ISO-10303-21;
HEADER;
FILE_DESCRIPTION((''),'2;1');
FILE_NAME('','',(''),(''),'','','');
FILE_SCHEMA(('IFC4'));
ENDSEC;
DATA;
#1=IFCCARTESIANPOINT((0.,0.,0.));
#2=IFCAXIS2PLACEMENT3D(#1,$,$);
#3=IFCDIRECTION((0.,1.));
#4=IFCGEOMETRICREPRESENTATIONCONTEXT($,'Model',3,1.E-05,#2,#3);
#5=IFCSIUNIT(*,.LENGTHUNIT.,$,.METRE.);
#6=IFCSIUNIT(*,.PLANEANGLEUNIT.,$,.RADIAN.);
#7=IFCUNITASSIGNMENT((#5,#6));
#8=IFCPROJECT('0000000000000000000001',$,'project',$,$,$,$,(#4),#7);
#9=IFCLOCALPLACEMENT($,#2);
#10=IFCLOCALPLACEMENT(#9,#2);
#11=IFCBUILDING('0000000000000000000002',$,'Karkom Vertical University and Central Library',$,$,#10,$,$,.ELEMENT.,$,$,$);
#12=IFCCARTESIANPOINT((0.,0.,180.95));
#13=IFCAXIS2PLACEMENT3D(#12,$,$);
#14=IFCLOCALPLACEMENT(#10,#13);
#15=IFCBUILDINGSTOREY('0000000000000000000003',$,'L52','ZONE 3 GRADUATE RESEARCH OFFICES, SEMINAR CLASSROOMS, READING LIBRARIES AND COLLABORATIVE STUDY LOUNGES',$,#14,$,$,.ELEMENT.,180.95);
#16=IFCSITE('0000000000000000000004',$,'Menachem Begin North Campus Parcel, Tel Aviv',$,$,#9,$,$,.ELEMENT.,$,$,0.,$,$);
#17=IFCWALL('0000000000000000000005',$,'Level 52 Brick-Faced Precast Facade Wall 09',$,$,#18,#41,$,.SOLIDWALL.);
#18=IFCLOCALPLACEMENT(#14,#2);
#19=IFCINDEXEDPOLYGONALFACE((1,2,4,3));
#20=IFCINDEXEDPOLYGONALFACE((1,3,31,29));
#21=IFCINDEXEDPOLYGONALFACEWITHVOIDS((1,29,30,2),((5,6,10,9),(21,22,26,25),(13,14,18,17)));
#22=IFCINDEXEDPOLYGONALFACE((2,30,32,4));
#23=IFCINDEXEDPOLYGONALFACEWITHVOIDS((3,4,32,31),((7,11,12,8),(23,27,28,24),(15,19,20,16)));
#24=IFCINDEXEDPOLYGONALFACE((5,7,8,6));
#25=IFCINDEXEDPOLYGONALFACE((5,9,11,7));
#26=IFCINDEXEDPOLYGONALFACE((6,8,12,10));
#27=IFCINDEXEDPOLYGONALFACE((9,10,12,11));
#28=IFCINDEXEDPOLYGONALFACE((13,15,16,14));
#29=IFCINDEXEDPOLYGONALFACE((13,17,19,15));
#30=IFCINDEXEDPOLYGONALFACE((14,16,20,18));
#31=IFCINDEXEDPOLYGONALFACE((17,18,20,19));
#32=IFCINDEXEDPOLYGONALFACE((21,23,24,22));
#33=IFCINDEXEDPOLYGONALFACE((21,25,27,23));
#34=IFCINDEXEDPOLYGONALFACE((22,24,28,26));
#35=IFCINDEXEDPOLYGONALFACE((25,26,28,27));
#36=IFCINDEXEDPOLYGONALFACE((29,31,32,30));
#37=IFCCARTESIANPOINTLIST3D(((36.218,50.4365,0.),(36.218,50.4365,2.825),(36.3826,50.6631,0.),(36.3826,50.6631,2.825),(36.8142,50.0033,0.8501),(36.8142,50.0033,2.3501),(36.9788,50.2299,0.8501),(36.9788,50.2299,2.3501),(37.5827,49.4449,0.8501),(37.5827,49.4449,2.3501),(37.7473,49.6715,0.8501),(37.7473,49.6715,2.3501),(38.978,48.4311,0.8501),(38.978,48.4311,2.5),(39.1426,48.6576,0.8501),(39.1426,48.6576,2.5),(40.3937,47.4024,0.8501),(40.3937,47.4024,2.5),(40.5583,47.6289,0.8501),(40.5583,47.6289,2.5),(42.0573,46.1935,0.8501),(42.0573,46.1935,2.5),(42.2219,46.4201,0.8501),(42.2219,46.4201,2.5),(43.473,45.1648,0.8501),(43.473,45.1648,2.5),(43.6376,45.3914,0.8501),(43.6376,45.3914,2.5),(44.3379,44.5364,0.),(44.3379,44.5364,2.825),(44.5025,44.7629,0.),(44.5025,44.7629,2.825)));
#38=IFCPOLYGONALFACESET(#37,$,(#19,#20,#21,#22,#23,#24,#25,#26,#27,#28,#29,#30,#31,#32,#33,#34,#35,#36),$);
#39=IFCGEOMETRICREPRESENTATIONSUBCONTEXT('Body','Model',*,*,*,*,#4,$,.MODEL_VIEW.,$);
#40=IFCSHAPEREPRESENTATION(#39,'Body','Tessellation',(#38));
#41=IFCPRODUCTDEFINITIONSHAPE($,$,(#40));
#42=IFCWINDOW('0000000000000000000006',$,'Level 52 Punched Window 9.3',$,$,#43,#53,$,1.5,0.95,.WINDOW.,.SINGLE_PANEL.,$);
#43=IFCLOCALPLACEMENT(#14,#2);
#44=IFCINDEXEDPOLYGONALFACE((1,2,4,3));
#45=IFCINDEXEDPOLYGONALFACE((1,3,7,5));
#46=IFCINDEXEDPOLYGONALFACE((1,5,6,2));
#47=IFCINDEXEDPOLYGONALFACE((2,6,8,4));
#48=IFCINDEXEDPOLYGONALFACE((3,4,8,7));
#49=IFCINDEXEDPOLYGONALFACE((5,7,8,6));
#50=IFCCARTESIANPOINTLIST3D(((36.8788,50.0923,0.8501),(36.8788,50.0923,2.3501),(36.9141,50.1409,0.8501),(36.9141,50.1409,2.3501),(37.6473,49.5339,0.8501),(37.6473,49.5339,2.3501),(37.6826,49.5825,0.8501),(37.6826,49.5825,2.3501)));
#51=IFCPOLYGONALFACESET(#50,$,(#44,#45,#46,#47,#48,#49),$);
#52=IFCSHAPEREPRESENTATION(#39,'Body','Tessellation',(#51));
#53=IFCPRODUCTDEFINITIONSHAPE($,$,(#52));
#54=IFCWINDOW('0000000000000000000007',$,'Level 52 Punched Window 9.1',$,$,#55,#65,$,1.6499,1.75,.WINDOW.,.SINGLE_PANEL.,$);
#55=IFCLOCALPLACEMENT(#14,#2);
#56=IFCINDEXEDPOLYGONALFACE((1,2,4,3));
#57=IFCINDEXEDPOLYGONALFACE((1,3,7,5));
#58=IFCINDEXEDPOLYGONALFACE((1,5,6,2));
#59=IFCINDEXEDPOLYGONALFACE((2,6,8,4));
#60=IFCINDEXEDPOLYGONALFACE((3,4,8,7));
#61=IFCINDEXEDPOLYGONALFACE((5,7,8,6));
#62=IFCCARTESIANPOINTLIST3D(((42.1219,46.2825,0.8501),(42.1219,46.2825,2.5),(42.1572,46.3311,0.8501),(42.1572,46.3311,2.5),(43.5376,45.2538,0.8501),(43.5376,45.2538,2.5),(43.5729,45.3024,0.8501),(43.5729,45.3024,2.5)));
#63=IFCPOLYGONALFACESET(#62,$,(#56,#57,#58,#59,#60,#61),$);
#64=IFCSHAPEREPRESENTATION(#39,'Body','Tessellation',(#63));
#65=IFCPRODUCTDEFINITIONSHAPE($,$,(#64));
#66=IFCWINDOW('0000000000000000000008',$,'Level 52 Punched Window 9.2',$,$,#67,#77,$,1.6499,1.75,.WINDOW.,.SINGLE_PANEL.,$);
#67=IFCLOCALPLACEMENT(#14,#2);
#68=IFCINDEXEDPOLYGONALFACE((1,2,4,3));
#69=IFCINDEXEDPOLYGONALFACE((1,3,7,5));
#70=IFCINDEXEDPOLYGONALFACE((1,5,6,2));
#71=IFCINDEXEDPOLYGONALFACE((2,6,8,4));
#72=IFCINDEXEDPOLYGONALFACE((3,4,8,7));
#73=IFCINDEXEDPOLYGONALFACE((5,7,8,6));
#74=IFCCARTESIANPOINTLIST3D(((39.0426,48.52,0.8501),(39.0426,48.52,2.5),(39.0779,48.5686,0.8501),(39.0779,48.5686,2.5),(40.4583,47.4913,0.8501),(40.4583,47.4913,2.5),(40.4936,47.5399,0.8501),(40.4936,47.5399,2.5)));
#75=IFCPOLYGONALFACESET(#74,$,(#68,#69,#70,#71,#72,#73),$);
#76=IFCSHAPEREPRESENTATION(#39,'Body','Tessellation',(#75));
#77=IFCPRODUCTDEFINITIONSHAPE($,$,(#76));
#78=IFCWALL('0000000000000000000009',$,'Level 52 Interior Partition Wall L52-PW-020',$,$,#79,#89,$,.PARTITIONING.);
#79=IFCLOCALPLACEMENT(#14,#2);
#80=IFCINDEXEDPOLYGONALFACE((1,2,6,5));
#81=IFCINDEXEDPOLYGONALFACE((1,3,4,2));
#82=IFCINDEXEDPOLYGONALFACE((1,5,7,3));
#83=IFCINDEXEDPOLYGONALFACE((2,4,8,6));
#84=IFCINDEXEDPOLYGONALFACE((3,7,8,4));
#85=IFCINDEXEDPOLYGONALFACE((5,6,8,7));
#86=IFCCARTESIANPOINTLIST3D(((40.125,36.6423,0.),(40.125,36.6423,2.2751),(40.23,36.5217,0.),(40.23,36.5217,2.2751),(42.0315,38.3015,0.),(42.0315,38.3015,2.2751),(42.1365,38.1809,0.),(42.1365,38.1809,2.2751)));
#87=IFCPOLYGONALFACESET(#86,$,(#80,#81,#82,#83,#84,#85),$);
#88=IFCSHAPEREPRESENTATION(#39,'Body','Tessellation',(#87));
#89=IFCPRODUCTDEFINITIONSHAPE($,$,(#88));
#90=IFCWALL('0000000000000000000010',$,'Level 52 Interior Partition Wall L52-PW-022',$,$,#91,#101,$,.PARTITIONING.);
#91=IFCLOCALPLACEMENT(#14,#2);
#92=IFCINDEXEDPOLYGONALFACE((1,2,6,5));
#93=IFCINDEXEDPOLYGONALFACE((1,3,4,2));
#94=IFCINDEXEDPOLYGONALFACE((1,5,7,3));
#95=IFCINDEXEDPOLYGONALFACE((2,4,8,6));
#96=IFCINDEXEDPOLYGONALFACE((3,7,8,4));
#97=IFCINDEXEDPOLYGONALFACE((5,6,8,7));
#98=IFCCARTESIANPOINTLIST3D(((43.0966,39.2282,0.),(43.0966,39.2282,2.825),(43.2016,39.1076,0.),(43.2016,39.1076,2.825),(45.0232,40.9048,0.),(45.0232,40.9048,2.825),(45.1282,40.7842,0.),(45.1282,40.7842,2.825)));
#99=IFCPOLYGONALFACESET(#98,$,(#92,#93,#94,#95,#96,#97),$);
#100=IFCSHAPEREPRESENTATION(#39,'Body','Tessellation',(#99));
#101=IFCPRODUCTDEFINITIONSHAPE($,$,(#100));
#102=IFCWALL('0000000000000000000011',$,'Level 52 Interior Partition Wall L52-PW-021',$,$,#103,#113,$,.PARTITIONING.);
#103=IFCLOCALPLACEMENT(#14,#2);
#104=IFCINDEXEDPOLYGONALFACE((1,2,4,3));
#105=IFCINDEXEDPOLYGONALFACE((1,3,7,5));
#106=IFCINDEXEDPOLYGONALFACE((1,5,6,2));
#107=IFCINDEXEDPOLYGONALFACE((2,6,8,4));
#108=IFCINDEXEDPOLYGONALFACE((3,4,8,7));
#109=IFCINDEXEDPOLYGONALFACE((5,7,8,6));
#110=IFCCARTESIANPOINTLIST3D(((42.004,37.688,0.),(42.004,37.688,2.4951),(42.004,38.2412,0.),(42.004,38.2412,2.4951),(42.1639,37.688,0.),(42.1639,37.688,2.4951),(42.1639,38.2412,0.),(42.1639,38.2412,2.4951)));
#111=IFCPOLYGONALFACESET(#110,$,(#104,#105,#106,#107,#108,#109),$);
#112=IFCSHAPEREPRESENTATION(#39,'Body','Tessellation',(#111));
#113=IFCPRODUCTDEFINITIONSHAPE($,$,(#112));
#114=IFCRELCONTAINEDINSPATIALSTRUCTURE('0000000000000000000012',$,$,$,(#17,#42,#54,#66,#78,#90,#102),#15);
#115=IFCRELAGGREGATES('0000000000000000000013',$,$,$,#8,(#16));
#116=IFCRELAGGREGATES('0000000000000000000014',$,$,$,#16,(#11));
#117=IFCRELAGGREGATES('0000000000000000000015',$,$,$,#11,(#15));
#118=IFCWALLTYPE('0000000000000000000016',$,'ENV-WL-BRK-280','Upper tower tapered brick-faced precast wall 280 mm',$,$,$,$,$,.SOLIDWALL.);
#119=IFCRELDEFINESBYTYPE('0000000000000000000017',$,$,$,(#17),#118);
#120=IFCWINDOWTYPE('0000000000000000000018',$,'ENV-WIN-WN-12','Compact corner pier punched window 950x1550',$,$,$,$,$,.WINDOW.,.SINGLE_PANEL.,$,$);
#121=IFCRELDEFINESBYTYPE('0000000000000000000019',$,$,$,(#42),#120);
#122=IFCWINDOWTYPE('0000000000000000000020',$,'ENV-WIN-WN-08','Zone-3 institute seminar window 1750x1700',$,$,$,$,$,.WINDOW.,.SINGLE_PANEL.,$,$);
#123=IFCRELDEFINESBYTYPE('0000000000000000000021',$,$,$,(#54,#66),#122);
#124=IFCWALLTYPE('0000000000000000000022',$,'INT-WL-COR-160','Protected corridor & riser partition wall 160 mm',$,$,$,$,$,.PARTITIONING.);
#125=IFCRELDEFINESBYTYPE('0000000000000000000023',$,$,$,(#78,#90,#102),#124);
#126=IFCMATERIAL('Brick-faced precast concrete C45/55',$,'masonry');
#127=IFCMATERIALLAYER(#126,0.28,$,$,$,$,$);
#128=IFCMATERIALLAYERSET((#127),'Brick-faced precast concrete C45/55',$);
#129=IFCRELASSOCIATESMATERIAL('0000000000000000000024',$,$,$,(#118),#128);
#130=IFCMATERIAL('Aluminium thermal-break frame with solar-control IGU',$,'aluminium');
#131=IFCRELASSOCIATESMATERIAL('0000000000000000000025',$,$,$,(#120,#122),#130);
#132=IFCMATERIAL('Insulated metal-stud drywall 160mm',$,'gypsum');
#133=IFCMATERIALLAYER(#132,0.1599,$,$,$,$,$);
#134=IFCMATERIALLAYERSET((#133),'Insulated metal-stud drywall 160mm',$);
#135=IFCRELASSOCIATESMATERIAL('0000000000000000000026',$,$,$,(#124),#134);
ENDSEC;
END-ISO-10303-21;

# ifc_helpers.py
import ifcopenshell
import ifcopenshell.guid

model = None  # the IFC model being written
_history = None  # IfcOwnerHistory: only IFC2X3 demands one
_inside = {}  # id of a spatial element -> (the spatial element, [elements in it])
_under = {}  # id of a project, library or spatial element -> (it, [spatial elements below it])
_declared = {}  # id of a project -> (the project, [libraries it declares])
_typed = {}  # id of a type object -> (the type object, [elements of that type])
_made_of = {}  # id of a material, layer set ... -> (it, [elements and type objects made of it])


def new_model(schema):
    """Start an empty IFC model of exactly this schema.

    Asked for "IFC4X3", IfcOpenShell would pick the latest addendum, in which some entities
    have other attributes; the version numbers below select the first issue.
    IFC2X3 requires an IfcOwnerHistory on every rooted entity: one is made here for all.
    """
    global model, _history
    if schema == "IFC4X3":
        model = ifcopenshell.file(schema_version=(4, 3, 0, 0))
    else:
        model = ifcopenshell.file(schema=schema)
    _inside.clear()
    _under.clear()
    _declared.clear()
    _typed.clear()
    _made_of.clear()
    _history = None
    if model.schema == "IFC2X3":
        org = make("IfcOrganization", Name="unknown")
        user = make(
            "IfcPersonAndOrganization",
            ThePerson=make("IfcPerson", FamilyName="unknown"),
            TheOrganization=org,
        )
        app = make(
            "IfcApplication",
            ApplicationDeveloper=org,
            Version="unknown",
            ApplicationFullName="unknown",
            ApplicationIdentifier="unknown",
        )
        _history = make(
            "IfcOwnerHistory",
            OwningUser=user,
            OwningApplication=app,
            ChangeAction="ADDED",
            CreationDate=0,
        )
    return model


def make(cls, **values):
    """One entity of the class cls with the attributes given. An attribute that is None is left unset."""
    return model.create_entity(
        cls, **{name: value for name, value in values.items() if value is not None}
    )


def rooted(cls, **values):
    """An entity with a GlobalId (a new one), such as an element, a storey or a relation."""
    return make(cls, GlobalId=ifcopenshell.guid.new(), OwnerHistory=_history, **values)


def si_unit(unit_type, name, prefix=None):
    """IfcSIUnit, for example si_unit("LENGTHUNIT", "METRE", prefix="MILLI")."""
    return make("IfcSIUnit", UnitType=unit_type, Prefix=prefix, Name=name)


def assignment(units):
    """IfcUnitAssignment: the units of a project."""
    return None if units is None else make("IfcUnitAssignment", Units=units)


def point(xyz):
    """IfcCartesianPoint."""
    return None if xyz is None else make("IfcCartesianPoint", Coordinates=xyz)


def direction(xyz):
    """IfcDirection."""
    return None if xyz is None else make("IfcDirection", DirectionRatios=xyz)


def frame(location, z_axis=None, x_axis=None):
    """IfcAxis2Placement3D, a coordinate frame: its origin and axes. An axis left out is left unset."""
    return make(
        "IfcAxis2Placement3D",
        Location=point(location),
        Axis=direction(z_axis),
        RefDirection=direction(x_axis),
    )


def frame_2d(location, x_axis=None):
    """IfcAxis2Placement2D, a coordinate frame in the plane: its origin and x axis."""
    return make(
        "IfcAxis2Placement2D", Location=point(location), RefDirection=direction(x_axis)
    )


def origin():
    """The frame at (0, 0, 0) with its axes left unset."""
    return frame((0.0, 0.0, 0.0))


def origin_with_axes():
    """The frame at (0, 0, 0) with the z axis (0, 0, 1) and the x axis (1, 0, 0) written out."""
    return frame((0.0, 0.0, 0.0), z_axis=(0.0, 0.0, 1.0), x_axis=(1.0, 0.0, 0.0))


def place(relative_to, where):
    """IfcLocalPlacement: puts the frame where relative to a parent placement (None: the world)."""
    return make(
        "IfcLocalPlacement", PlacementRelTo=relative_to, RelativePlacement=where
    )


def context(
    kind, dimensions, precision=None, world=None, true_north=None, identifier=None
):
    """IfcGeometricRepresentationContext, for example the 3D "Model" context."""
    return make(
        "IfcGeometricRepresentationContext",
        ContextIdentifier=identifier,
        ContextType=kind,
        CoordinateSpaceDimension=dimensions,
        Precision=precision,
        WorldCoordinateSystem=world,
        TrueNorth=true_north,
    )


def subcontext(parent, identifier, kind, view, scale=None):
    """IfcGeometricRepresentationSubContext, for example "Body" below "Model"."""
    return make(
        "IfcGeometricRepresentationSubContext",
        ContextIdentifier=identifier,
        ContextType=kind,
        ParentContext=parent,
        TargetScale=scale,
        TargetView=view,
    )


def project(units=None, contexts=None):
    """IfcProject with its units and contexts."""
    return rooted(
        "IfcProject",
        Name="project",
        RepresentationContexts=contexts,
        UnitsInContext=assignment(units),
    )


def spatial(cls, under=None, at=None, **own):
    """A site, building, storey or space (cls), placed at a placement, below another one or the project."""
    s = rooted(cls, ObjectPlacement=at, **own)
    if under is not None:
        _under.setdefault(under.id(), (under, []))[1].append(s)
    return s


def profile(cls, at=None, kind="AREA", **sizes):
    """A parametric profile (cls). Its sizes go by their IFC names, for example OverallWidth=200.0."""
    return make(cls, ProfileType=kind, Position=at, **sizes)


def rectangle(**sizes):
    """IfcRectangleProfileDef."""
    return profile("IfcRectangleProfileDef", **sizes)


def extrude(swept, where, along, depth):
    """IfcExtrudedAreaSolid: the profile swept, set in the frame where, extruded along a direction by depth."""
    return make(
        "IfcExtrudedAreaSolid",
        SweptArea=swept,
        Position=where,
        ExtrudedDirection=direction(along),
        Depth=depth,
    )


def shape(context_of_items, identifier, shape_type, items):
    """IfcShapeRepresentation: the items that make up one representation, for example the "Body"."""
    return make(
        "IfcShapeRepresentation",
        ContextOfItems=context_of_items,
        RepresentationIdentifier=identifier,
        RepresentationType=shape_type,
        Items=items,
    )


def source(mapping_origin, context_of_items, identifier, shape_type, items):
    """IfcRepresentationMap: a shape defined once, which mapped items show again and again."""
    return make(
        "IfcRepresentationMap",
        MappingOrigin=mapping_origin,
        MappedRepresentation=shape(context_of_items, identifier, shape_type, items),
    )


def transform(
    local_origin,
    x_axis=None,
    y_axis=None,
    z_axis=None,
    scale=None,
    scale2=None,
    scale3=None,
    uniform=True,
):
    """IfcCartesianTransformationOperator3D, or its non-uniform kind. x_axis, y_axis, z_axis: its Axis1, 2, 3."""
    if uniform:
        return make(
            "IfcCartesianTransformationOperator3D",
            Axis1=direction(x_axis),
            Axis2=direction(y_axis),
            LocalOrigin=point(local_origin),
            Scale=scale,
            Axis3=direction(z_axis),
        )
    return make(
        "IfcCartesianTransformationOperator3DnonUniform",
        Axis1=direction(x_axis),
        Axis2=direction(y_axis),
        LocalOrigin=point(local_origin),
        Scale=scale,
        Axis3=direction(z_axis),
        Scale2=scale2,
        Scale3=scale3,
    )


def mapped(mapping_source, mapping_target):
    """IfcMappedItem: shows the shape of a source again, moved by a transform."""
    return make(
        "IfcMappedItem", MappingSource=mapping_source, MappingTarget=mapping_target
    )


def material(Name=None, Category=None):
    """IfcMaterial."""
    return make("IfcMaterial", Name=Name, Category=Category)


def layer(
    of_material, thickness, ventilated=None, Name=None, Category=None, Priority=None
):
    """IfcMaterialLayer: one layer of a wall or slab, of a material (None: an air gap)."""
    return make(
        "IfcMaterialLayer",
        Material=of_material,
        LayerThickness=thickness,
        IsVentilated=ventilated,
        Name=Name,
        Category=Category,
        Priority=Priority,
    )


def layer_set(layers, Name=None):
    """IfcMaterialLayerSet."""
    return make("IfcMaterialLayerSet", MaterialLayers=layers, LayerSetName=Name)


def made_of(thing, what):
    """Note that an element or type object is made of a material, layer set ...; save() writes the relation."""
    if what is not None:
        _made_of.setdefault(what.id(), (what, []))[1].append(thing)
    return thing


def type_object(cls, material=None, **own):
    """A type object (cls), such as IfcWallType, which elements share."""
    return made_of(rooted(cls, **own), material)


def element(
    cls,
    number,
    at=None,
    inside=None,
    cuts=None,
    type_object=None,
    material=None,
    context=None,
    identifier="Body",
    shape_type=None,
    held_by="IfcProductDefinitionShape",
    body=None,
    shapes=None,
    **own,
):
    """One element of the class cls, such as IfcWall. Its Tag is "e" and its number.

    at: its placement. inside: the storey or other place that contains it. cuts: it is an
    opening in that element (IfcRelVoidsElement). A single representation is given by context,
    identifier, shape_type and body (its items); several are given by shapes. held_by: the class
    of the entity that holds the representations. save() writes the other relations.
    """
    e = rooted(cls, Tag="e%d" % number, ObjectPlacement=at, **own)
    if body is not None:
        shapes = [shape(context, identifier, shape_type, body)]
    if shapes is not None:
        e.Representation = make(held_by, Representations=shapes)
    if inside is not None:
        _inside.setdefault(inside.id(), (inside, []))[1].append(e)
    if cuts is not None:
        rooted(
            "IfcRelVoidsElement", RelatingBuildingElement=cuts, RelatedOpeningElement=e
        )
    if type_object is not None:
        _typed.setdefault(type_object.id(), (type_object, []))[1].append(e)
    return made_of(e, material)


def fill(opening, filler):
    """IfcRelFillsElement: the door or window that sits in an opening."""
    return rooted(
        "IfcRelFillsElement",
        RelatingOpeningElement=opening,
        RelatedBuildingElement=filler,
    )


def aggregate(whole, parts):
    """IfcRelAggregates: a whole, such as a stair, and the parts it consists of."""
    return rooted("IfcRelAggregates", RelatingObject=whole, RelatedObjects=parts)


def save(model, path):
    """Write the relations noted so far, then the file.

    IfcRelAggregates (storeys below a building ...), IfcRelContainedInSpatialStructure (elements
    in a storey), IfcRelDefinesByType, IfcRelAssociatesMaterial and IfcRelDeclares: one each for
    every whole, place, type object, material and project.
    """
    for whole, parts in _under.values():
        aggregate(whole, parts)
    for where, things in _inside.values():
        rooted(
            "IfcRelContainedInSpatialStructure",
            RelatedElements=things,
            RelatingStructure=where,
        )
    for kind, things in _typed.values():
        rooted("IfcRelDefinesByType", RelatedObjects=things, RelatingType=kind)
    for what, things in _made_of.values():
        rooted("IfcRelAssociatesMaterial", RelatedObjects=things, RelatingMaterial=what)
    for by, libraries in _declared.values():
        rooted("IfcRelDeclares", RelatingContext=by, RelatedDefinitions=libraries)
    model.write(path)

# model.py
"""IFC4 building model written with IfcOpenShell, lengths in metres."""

from ifc_helpers import new_model, si_unit, direction, frame, frame_2d, origin, origin_with_axes, place, context, subcontext, project, spatial, rectangle, extrude, source, transform, mapped, material, layer, layer_set, type_object, element, fill, save


model = new_model("IFC4")

# Units and contexts
model_context = context("Model", 3, precision=1e-05, world=origin(), true_north=direction((0.0, 1.0)))
body_context = subcontext(model_context, "Body", "Model", "MODEL_VIEW")
ifc_project = project(units=[si_unit("LENGTHUNIT", "METRE"), si_unit("PLANEANGLEUNIT", "RADIAN")], contexts=[model_context])

# Site, building, storey
site_placement = place(None, origin())
site = spatial("IfcSite", under=ifc_project, at=site_placement, Name="Menachem Begin North Campus Parcel, Tel Aviv", CompositionType="ELEMENT", RefElevation=0.0)
building_placement = place(site_placement, origin())
building = spatial("IfcBuilding", under=site, at=building_placement, Name="Karkom Vertical University and Central Library", CompositionType="ELEMENT")
storey_placement = place(building_placement, frame((0.0, 0.0, 180.95)))
storey = spatial("IfcBuildingStorey", under=building, at=storey_placement, Name="L52", Description="ZONE 3 GRADUATE RESEARCH OFFICES, SEMINAR CLASSROOMS, READING LIBRARIES AND COLLABORATIVE STUDY LOUNGES", CompositionType="ELEMENT", Elevation=180.95)

# Wall, openings, windows
ifc_material_1 = material(Name="Brick-faced precast concrete C45/55", Category="masonry")
ifc_layer_1 = layer(ifc_material_1, 0.28)
ifc_layer_set_1 = layer_set([ifc_layer_1], Name="Brick-faced precast concrete C45/55")
wall_type_1 = type_object("IfcWallType", Name="ENV-WL-BRK-280", Description="Upper tower tapered brick-faced precast wall 280 mm", PredefinedType="SOLIDWALL", material=ifc_layer_set_1)
wall_1_placement = place(storey_placement, frame((44.4202, 44.6497, 0.0), z_axis=(0.0, 0.0, 1.0), x_axis=(-0.808983, 0.587832, 0.0)))
wall_1 = element("IfcWall", 1, at=wall_1_placement, inside=storey, type_object=wall_type_1, Name="Level 52 Brick-Faced Precast Facade Wall 09", PredefinedType="SOLIDWALL", context=body_context, shape_type="SweptSolid", body=[
    extrude(rectangle(XDim=10.0371, YDim=0.28, at=frame_2d((5.0186, 0.0))), origin(), (0.0, 0.0, 1.0), 2.825),
])
opening_1_placement = place(wall_1_placement, frame((1.0691, 0.0, 0.8501)))
opening_1 = element("IfcOpeningElement", 2, at=opening_1_placement, cuts=wall_1, PredefinedType="OPENING", context=body_context, shape_type="SweptSolid", body=[
    extrude(rectangle(XDim=1.75, YDim=1.6499, at=frame_2d((0.875, 0.825))), frame((0.0, 0.1499, 0.0), z_axis=(0.0, -1.0, 0.0), x_axis=(1.0, 0.0, 0.0)), (0.0, 0.0, 1.0), 0.3),
])
opening_2_placement = place(wall_1_placement, frame((4.8755, 0.0, 0.8501)))
opening_2 = element("IfcOpeningElement", 3, at=opening_2_placement, cuts=wall_1, PredefinedType="OPENING", context=body_context, shape_type="SweptSolid", body=[
    extrude(rectangle(XDim=1.75, YDim=1.6499, at=frame_2d((0.875, 0.825))), frame((0.0, 0.1499, 0.0), z_axis=(0.0, -1.0, 0.0), x_axis=(1.0, 0.0, 0.0)), (0.0, 0.0, 1.0), 0.3),
])
opening_3_placement = place(wall_1_placement, frame((8.3501, 0.0, 0.8501)))
opening_3 = element("IfcOpeningElement", 4, at=opening_3_placement, cuts=wall_1, PredefinedType="OPENING", context=body_context, shape_type="SweptSolid", body=[
    extrude(rectangle(XDim=0.95, YDim=1.5, at=frame_2d((0.4751, 0.75))), frame((0.0, 0.1499, 0.0), z_axis=(0.0, -1.0, 0.0), x_axis=(1.0, 0.0, 0.0)), (0.0, 0.0, 1.0), 0.3),
])
ifc_material_2 = material(Name="Aluminium thermal-break frame with solar-control IGU", Category="aluminium")
window_type_1 = type_object("IfcWindowType", Name="ENV-WIN-WN-12", Description="Compact corner pier punched window 950x1550", PartitioningType="SINGLE_PANEL", PredefinedType="WINDOW", material=ifc_material_2)
shared_shape_1 = source(origin_with_axes(), body_context, "Body", "SweptSolid", [
    extrude(rectangle(XDim=0.95, YDim=1.5, at=frame_2d((0.4751, 0.75))), frame((0.0, 0.03, 0.0), z_axis=(0.0, -1.0, 0.0), x_axis=(1.0, 0.0, 0.0)), (0.0, 0.0, 1.0), 0.0601),
])
window_1_placement = place(opening_3_placement, origin())
window_1 = element("IfcWindow", 5, at=window_1_placement, inside=storey, type_object=window_type_1, Name="Level 52 Punched Window 9.3", OverallHeight=1.5, OverallWidth=0.95, PartitioningType="SINGLE_PANEL", PredefinedType="WINDOW", context=body_context, shape_type="MappedRepresentation", body=[
    mapped(shared_shape_1, transform((0.0, 0.0, 0.0), scale=1.0)),
])
fill(opening_3, window_1)
window_type_2 = type_object("IfcWindowType", Name="ENV-WIN-WN-08", Description="Zone-3 institute seminar window 1750x1700", PartitioningType="SINGLE_PANEL", PredefinedType="WINDOW", material=ifc_material_2)
shared_shape_2 = source(origin_with_axes(), body_context, "Body", "SweptSolid", [
    extrude(rectangle(XDim=1.75, YDim=1.6499, at=frame_2d((0.875, 0.825))), frame((0.0, 0.03, 0.0), z_axis=(0.0, -1.0, 0.0), x_axis=(1.0, 0.0, 0.0)), (0.0, 0.0, 1.0), 0.0601),
])
window_2_placement = place(opening_1_placement, origin())
window_2 = element("IfcWindow", 6, at=window_2_placement, inside=storey, type_object=window_type_2, Name="Level 52 Punched Window 9.1", OverallHeight=1.6499, OverallWidth=1.75, PartitioningType="SINGLE_PANEL", PredefinedType="WINDOW", context=body_context, shape_type="MappedRepresentation", body=[
    mapped(shared_shape_2, transform((0.0, 0.0, 0.0), scale=1.0)),
])
fill(opening_1, window_2)
window_3_placement = place(opening_2_placement, origin())
window_3 = element("IfcWindow", 7, at=window_3_placement, inside=storey, type_object=window_type_2, Name="Level 52 Punched Window 9.2", OverallHeight=1.6499, OverallWidth=1.75, PartitioningType="SINGLE_PANEL", PredefinedType="WINDOW", context=body_context, shape_type="MappedRepresentation", body=[
    mapped(shared_shape_2, transform((0.0, 0.0, 0.0), scale=1.0)),
])
fill(opening_2, window_3)

# Shared definitions
ifc_material_3 = material(Name="Insulated metal-stud drywall 160mm", Category="gypsum")
ifc_layer_2 = layer(ifc_material_3, 0.1599)
ifc_layer_set_2 = layer_set([ifc_layer_2], Name="Insulated metal-stud drywall 160mm")
wall_type_2 = type_object("IfcWallType", Name="INT-WL-COR-160", Description="Protected corridor & riser partition wall 160 mm", PredefinedType="PARTITIONING", material=ifc_layer_set_2)

# Walls
wall_2_placement = place(storey_placement, frame((40.1775, 36.582, 0.0), z_axis=(0.0, 0.0, 1.0), x_axis=(0.754339, 0.656485, 0.0)))
element("IfcWall", 8, at=wall_2_placement, inside=storey, type_object=wall_type_2, Name="Level 52 Interior Partition Wall L52-PW-020", PredefinedType="PARTITIONING", context=body_context, shape_type="SweptSolid", body=[
    extrude(rectangle(XDim=2.5273, YDim=0.1599, at=frame_2d((1.2637, 0.0))), origin(), (0.0, 0.0, 1.0), 2.2751),
])
wall_3_placement = place(storey_placement, frame((43.1492, 39.168, 0.0), z_axis=(0.0, 0.0, 1.0), x_axis=(0.754356, 0.656465, 0.0)))
element("IfcWall", 9, at=wall_3_placement, inside=storey, type_object=wall_type_2, Name="Level 52 Interior Partition Wall L52-PW-022", PredefinedType="PARTITIONING", context=body_context, shape_type="SweptSolid", body=[
    extrude(rectangle(XDim=2.554, YDim=0.1599, at=frame_2d((1.2769, 0.0))), origin(), (0.0, 0.0, 1.0), 2.825),
])
wall_4_placement = place(storey_placement, frame((42.084, 38.2412, 0.0), z_axis=(0.0, 0.0, 1.0), x_axis=(0.0, -1.0, 0.0)))
element("IfcWall", 10, at=wall_4_placement, inside=storey, type_object=wall_type_2, Name="Level 52 Interior Partition Wall L52-PW-021", PredefinedType="PARTITIONING", context=body_context, shape_type="SweptSolid", body=[
    extrude(rectangle(XDim=0.5532, YDim=0.1599, at=frame_2d((0.2766, 0.0))), origin(), (0.0, 0.0, 1.0), 2.4951),
])

save(model, "model.ifc")
